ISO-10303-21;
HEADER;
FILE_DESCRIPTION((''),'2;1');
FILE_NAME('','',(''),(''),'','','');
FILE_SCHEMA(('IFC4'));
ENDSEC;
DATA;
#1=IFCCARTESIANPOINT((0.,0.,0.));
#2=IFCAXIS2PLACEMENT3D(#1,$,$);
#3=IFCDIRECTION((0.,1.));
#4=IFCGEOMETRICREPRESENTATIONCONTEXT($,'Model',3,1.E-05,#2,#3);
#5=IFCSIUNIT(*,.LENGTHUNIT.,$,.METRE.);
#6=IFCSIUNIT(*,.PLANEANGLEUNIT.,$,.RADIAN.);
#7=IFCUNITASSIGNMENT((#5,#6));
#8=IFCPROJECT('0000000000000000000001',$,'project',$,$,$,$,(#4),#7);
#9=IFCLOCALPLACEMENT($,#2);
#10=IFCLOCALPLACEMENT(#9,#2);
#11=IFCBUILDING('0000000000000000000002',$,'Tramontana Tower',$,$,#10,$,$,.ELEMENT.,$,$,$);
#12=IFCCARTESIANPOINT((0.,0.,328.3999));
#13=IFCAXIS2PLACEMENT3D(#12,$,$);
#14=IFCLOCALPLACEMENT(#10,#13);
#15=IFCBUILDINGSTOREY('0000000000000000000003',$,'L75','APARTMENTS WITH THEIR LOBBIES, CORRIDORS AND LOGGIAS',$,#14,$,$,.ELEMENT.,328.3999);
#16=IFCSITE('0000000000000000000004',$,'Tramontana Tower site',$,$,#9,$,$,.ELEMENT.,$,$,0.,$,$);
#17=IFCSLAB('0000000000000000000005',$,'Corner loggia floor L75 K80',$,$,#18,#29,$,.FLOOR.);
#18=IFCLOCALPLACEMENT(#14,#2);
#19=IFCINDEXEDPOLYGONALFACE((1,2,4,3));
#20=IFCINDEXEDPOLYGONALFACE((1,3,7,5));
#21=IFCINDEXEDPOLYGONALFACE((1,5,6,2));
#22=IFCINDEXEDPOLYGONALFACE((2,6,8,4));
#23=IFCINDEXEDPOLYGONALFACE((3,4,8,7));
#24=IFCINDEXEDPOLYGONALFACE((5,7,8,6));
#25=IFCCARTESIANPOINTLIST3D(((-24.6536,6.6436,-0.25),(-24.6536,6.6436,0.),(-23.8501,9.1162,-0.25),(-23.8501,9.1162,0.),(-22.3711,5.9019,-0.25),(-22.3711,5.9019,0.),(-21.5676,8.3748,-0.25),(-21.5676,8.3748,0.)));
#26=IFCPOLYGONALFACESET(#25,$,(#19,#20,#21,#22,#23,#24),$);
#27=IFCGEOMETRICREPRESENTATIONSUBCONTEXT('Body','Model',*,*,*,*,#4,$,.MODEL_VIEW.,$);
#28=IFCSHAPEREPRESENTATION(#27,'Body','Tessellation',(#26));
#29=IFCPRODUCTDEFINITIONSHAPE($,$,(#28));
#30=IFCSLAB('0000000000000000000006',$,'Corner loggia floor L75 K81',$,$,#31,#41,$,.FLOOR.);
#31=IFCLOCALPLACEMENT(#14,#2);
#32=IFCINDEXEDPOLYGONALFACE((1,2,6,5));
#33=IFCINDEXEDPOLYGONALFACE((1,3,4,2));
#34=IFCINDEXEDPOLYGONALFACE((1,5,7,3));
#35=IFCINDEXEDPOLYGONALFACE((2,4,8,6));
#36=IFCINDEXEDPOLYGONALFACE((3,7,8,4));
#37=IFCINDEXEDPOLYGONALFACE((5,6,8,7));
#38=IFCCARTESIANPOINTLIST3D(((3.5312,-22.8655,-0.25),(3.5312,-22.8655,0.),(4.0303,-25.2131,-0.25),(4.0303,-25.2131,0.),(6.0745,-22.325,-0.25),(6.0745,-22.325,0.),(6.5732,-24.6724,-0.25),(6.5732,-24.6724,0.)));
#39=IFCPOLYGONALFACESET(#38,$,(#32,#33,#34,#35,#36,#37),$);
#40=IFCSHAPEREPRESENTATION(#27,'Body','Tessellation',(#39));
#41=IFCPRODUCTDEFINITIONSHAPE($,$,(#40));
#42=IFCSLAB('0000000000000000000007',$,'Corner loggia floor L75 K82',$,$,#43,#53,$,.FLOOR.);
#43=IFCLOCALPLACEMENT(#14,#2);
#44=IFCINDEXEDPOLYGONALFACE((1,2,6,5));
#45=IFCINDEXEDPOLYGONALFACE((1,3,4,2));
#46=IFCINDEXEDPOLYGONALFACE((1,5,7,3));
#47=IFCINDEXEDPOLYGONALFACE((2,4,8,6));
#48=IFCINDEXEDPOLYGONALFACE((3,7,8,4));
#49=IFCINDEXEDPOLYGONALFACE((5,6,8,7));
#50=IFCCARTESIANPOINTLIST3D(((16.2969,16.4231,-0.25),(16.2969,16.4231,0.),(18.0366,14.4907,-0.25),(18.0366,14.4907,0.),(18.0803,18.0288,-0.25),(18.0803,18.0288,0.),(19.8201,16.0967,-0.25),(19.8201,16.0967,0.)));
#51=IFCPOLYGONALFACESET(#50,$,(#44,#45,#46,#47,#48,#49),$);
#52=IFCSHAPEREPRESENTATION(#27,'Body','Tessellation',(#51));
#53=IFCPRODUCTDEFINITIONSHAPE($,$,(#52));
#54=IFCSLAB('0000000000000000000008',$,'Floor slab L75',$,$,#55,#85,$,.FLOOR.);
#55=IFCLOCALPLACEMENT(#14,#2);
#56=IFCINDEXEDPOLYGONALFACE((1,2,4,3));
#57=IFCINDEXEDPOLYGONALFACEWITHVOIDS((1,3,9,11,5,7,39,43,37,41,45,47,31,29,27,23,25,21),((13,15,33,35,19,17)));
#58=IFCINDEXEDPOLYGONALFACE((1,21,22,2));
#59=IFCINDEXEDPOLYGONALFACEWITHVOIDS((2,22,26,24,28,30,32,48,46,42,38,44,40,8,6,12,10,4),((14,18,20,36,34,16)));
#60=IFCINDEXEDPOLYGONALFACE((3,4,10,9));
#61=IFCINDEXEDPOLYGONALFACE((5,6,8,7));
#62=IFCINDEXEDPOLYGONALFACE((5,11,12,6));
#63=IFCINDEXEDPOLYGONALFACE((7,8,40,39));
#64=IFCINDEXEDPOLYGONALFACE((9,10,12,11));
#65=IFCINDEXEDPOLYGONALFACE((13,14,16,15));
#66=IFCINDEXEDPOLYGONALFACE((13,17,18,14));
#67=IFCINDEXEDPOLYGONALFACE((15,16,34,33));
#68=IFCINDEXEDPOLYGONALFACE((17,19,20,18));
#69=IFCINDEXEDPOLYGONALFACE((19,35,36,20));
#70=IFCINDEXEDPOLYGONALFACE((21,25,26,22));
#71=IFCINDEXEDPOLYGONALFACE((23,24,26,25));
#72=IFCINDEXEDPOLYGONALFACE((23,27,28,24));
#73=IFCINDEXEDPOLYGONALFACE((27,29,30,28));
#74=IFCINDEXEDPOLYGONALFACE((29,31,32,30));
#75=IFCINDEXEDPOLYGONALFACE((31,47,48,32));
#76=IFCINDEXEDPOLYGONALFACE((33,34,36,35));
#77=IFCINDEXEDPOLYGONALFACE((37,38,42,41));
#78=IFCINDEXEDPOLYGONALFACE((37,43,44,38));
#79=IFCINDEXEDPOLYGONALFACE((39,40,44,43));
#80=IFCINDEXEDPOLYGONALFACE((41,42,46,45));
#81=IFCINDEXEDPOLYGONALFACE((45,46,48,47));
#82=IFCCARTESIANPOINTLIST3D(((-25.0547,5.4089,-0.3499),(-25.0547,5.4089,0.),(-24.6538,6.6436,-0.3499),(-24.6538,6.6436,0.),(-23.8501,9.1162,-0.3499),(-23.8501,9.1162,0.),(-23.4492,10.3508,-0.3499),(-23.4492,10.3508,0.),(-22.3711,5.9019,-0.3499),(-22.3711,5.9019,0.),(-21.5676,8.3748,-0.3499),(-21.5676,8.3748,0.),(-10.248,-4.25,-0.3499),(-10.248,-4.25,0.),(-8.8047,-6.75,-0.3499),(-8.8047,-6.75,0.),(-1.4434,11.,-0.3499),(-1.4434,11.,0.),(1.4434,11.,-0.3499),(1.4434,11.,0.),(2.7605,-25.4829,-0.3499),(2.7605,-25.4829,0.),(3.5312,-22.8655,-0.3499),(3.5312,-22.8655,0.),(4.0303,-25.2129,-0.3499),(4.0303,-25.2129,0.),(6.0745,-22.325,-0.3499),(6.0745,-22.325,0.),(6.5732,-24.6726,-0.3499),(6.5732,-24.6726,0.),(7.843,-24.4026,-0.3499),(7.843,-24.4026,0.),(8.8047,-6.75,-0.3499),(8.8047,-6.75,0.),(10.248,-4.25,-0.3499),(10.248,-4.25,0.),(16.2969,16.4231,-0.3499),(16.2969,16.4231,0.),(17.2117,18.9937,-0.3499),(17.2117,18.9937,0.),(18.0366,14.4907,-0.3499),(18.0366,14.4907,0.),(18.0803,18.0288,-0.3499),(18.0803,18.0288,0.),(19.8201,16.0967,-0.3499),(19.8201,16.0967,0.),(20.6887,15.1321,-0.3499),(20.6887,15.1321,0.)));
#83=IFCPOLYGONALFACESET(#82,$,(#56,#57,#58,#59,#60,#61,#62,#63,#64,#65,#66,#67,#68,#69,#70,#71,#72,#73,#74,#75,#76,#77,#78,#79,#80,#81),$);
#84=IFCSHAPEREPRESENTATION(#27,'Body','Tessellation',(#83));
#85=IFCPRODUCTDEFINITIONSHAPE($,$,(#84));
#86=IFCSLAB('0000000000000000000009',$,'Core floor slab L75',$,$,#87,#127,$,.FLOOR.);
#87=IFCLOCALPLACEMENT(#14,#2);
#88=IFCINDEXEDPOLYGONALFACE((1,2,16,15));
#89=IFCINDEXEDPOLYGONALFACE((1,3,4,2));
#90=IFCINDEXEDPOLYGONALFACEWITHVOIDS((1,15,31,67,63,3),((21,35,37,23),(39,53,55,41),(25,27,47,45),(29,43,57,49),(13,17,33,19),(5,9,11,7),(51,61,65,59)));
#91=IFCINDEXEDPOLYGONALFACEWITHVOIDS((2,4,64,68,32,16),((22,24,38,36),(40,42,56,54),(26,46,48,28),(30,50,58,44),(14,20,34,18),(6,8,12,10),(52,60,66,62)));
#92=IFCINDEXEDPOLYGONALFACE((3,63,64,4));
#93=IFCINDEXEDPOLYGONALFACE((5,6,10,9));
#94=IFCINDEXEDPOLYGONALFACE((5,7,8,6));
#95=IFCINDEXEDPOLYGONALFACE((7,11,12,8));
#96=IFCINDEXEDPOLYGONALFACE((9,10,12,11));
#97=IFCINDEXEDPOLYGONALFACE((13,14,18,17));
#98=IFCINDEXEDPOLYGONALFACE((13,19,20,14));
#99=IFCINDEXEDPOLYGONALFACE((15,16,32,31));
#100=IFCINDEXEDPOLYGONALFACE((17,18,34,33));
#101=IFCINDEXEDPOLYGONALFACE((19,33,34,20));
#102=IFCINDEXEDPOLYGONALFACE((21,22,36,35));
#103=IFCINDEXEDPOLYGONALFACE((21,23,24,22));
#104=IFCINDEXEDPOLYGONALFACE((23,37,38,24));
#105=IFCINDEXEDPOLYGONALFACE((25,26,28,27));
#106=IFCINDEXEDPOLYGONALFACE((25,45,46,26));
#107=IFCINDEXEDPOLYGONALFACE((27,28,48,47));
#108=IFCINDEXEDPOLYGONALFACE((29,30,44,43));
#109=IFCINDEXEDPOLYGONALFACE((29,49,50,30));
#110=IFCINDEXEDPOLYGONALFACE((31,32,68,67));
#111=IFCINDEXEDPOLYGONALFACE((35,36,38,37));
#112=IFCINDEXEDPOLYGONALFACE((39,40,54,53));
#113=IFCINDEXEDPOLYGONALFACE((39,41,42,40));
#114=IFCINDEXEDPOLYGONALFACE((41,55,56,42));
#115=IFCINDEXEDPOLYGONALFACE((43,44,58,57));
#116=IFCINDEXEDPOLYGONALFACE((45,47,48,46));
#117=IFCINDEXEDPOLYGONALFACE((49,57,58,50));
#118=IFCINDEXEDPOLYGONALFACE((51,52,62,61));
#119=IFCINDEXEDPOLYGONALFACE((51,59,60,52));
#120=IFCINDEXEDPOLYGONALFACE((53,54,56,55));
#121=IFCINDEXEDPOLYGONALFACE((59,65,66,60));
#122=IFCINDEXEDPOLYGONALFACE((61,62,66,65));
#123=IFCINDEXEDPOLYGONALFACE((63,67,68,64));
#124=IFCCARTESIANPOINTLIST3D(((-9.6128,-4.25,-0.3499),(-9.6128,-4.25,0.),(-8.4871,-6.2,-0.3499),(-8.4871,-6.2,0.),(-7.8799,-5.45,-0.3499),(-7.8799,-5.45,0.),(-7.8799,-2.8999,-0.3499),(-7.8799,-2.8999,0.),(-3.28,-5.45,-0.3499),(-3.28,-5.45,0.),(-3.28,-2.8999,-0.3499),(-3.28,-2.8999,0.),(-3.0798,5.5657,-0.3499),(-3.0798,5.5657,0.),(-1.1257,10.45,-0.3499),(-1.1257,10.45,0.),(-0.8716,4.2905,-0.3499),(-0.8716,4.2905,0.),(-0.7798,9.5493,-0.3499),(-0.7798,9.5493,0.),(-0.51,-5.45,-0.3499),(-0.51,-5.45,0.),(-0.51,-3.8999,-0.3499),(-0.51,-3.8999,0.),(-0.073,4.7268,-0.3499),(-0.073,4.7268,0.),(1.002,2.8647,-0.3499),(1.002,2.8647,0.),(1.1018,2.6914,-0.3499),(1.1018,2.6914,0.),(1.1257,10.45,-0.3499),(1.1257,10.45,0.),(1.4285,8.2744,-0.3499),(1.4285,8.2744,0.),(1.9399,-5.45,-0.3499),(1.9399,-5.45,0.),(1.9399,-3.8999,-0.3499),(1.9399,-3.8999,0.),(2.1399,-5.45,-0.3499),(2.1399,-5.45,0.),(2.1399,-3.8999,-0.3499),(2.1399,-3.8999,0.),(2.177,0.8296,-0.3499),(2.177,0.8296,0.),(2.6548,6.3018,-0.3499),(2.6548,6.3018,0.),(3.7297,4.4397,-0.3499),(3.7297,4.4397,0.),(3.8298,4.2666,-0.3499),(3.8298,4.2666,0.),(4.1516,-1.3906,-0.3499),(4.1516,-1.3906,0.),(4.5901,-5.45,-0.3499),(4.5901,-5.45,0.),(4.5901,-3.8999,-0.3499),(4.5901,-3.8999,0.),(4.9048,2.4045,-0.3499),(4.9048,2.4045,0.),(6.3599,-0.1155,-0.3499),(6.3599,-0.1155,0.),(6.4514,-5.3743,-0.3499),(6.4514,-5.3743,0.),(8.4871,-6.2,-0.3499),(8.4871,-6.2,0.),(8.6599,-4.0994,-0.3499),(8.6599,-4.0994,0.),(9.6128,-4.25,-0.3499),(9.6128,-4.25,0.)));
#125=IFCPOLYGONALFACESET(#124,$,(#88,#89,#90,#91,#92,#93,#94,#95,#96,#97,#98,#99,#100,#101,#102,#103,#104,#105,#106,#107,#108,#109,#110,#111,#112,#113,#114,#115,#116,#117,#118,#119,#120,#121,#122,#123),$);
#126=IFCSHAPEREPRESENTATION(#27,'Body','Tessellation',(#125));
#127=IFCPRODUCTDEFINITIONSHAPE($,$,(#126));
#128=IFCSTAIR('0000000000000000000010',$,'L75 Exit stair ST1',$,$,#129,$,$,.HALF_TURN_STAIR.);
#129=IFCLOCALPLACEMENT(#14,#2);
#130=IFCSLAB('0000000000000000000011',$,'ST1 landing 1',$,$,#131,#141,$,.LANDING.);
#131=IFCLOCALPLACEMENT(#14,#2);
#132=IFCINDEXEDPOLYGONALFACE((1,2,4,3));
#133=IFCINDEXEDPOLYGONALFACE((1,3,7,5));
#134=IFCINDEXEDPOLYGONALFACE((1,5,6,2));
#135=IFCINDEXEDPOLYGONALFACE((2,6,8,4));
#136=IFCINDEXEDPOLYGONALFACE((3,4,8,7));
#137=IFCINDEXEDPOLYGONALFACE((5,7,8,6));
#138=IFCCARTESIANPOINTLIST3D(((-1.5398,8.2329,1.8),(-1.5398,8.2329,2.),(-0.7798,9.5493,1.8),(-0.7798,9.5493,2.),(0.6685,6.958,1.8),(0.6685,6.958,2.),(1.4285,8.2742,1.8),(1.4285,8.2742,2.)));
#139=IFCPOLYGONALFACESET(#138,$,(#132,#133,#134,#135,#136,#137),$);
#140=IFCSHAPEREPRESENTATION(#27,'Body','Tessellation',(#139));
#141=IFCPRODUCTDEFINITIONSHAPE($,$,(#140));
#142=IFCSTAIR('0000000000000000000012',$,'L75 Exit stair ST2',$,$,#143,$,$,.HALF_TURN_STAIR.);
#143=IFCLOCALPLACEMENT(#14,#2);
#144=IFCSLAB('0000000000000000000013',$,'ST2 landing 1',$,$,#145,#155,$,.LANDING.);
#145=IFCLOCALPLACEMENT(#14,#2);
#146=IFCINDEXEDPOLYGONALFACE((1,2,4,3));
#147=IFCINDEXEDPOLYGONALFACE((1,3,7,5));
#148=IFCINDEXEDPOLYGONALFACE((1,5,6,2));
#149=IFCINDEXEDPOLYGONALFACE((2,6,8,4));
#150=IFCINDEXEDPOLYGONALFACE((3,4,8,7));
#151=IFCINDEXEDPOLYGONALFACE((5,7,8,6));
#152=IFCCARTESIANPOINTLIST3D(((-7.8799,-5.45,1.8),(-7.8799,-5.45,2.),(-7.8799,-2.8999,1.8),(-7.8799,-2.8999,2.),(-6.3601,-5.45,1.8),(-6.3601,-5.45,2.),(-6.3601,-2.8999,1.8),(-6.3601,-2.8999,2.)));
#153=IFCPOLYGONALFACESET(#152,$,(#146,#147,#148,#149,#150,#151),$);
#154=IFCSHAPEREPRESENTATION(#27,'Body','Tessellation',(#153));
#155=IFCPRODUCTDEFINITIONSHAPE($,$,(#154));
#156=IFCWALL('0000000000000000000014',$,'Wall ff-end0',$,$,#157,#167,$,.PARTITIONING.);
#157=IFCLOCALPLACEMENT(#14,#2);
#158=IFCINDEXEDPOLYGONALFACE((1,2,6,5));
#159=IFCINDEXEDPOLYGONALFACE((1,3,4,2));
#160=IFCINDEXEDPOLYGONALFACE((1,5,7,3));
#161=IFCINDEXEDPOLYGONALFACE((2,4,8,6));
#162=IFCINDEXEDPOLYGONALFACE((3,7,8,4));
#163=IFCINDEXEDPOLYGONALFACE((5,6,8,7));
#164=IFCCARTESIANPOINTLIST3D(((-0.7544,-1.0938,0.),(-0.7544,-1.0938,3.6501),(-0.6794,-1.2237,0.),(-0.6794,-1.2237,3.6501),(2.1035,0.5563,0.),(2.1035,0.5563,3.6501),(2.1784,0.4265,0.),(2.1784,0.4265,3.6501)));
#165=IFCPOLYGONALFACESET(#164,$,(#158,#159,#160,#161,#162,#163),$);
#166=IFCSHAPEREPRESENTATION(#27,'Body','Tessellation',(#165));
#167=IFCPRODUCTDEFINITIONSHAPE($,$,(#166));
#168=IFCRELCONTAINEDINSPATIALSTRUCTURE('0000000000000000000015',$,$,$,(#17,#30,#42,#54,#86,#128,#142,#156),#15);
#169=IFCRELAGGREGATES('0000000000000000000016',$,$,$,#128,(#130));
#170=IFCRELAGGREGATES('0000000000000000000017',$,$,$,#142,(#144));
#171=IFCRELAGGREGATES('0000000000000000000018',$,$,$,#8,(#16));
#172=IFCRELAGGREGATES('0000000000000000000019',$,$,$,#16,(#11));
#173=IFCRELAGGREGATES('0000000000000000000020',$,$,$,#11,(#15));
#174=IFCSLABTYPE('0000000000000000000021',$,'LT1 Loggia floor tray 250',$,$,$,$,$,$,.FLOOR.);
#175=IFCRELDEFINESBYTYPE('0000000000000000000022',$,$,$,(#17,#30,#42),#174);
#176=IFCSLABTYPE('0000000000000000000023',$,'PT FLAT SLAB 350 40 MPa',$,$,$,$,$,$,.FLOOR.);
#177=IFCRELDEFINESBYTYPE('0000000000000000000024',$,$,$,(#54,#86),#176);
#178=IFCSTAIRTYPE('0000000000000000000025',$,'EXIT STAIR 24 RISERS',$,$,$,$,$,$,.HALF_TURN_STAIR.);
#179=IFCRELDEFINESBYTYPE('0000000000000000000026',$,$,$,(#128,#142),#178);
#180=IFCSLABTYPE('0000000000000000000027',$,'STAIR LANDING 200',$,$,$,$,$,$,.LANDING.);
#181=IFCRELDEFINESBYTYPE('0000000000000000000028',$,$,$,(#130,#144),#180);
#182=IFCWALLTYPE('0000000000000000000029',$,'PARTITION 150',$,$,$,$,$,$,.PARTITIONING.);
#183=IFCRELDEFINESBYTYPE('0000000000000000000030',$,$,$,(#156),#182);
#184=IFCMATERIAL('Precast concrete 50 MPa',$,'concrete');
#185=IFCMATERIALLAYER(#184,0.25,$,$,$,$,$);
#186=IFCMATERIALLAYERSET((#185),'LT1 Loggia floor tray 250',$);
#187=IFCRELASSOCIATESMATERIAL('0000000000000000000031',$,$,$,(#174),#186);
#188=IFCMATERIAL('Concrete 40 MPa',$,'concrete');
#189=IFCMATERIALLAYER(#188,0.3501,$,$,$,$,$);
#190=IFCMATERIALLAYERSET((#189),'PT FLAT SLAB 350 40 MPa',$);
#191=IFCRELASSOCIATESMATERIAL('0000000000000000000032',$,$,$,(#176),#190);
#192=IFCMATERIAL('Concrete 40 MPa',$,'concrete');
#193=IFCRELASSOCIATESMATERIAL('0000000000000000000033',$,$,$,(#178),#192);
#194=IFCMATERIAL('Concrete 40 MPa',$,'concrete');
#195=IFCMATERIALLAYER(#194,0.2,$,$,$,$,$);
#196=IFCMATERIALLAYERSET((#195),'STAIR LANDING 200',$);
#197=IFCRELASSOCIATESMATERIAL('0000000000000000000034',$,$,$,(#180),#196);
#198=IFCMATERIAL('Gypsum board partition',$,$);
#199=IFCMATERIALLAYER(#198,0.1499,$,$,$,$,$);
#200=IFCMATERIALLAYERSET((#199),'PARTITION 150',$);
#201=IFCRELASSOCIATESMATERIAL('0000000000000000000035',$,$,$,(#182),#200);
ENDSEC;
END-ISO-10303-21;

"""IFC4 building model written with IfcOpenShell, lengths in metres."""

from ifc_helpers import new_model, si_unit, direction, frame, frame_2d, origin, place, context, subcontext, project, spatial, polyline, rectangle, outline, extrude, material, layer, layer_set, type_object, element, aggregate, save


model = new_model("IFC4")

# Units and contexts
model_context = context("Model", 3, precision=1e-05, world=origin(), true_north=direction((0.0, 1.0)))
body_context = subcontext(model_context, "Body", "Model", "MODEL_VIEW")
ifc_project = project(units=[si_unit("LENGTHUNIT", "METRE"), si_unit("PLANEANGLEUNIT", "RADIAN")], contexts=[model_context])

# Site, building, storey
site_placement = place(None, origin())
site = spatial("IfcSite", under=ifc_project, at=site_placement, Name="Tramontana Tower site", CompositionType="ELEMENT", RefElevation=0.0)
building_placement = place(site_placement, origin())
building = spatial("IfcBuilding", under=site, at=building_placement, Name="Tramontana Tower", CompositionType="ELEMENT")
storey_placement = place(building_placement, frame((0.0, 0.0, 328.3999)))
storey = spatial("IfcBuildingStorey", under=building, at=storey_placement, Name="L75", Description="APARTMENTS WITH THEIR LOBBIES, CORRIDORS AND LOGGIAS", CompositionType="ELEMENT", Elevation=328.3999)

# Slabs
ifc_material_1 = material(Name="Precast concrete 50 MPa", Category="concrete")
ifc_layer_1 = layer(ifc_material_1, 0.25)
ifc_layer_set_1 = layer_set([ifc_layer_1], Name="LT1 Loggia floor tray 250")
slab_type_1 = type_object("IfcSlabType", Name="LT1 Loggia floor tray 250", PredefinedType="FLOOR", material=ifc_layer_set_1)
slab_1_placement = place(storey_placement, frame((0.0, 0.0, -0.25)))
element("IfcSlab", 1, at=slab_1_placement, inside=storey, type_object=slab_type_1, Name="Corner loggia floor L75 K80", PredefinedType="FLOOR", context=body_context, shape_type="SweptSolid", body=[
    extrude(outline(polyline([(-23.8501, 9.1162), (-21.5676, 8.3748), (-22.3711, 5.9019), (-24.6536, 6.6436), (-23.8501, 9.1162)])), origin(), (0.0, 0.0, 1.0), 0.25),
])
slab_2_placement = place(storey_placement, frame((0.0, 0.0, -0.25)))
element("IfcSlab", 2, at=slab_2_placement, inside=storey, type_object=slab_type_1, Name="Corner loggia floor L75 K81", PredefinedType="FLOOR", context=body_context, shape_type="SweptSolid", body=[
    extrude(outline(polyline([(4.0303, -25.2131), (3.5312, -22.8655), (6.0745, -22.325), (6.5732, -24.6724), (4.0303, -25.2131)])), origin(), (0.0, 0.0, 1.0), 0.25),
])
slab_3_placement = place(storey_placement, frame((0.0, 0.0, -0.25)))
element("IfcSlab", 3, at=slab_3_placement, inside=storey, type_object=slab_type_1, Name="Corner loggia floor L75 K82", PredefinedType="FLOOR", context=body_context, shape_type="SweptSolid", body=[
    extrude(outline(polyline([(19.8201, 16.0967), (18.0366, 14.4907), (16.2969, 16.4231), (18.0803, 18.0288), (19.8201, 16.0967)])), origin(), (0.0, 0.0, 1.0), 0.25),
])
ifc_material_2 = material(Name="Concrete 40 MPa", Category="concrete")
ifc_layer_2 = layer(ifc_material_2, 0.3501)
ifc_layer_set_2 = layer_set([ifc_layer_2], Name="PT FLAT SLAB 350 40 MPa")
slab_type_2 = type_object("IfcSlabType", Name="PT FLAT SLAB 350 40 MPa", PredefinedType="FLOOR", material=ifc_layer_set_2)
slab_4_placement = place(storey_placement, frame((0.0, 0.0, -0.3499)))
element("IfcSlab", 4, at=slab_4_placement, inside=storey, type_object=slab_type_2, Name="Floor slab L75", PredefinedType="FLOOR", context=body_context, shape_type="SweptSolid", body=[
    extrude(outline(polyline([(18.0803, 18.0288), (16.2969, 16.4231), (18.0366, 14.4907), (19.8201, 16.0967), (20.6887, 15.1321), (7.843, -24.4026), (6.5732, -24.6726), (6.0745, -22.325), (3.5312, -22.8655), (4.0303, -25.2129), (2.7605, -25.4829), (-25.0547, 5.4089), (-24.6538, 6.6436), (-22.3711, 5.9019), (-21.5676, 8.3748), (-23.8501, 9.1162), (-23.4492, 10.3508), (17.2117, 18.9937), (18.0803, 18.0288)]), holes=[polyline([(-10.248, -4.25), (-8.8047, -6.75), (8.8047, -6.75), (10.248, -4.25), (1.4434, 11.0), (-1.4434, 11.0), (-10.248, -4.25)])]), origin(), (0.0, 0.0, 1.0), 0.3499),
])
slab_5_placement = place(storey_placement, frame((0.0, 0.0, -0.3499)))
element("IfcSlab", 5, at=slab_5_placement, inside=storey, type_object=slab_type_2, Name="Core floor slab L75", PredefinedType="FLOOR", context=body_context, shape_type="SweptSolid", body=[
    extrude(outline(polyline([(9.6128, -4.25), (8.4871, -6.2), (-8.4871, -6.2), (-9.6128, -4.25), (-1.1257, 10.45), (1.1257, 10.45), (9.6128, -4.25)]), holes=[polyline([(8.6599, -4.0994), (6.3599, -0.1155), (4.1516, -1.3906), (6.4514, -5.3743), (8.6599, -4.0994)]), polyline([(3.8298, 4.2666), (1.1018, 2.6914), (2.177, 0.8296), (4.9048, 2.4045), (3.8298, 4.2666)]), polyline([(4.5901, -3.8999), (2.1399, -3.8999), (2.1399, -5.45), (4.5901, -5.45), (4.5901, -3.8999)]), polyline([(2.6548, 6.3018), (-0.073, 4.7268), (1.002, 2.8647), (3.7297, 4.4397), (2.6548, 6.3018)]), polyline([(1.9399, -5.45), (1.9399, -3.8999), (-0.51, -3.8999), (-0.51, -5.45), (1.9399, -5.45)]), polyline([(-0.7798, 9.5493), (-3.0798, 5.5657), (-0.8716, 4.2905), (1.4285, 8.2744), (-0.7798, 9.5493)]), polyline([(-7.8799, -5.45), (-3.28, -5.45), (-3.28, -2.8999), (-7.8799, -2.8999), (-7.8799, -5.45)])]), origin(), (0.0, 0.0, 1.0), 0.3499),
])

# Stairs, slabs
ifc_material_3 = material(Name="Concrete 40 MPa", Category="concrete")
stair_type = type_object("IfcStairType", Name="EXIT STAIR 24 RISERS", PredefinedType="HALF_TURN_STAIR", material=ifc_material_3)
stair_1_placement = place(storey_placement, origin())
stair_1 = element("IfcStair", 6, at=stair_1_placement, inside=storey, type_object=stair_type, Name="L75 Exit stair ST1", PredefinedType="HALF_TURN_STAIR")
ifc_material_4 = material(Name="Concrete 40 MPa", Category="concrete")
ifc_layer_3 = layer(ifc_material_4, 0.2)
ifc_layer_set_3 = layer_set([ifc_layer_3], Name="STAIR LANDING 200")
slab_type_3 = type_object("IfcSlabType", Name="STAIR LANDING 200", PredefinedType="LANDING", material=ifc_layer_set_3)
slab_6_placement = place(storey_placement, frame((0.0, 0.0, 1.8)))
slab_6 = element("IfcSlab", 7, at=slab_6_placement, type_object=slab_type_3, Name="ST1 landing 1", PredefinedType="LANDING", context=body_context, shape_type="SweptSolid", body=[
    extrude(outline(polyline([(0.6685, 6.958), (1.4285, 8.2742), (-0.7798, 9.5493), (-1.5398, 8.2329), (0.6685, 6.958)])), origin(), (0.0, 0.0, 1.0), 0.2),
])
aggregate(stair_1, [slab_6])
stair_2_placement = place(storey_placement, origin())
stair_2 = element("IfcStair", 8, at=stair_2_placement, inside=storey, type_object=stair_type, Name="L75 Exit stair ST2", PredefinedType="HALF_TURN_STAIR")
slab_7_placement = place(storey_placement, frame((0.0, 0.0, 1.8)))
slab_7 = element("IfcSlab", 9, at=slab_7_placement, type_object=slab_type_3, Name="ST2 landing 1", PredefinedType="LANDING", context=body_context, shape_type="SweptSolid", body=[
    extrude(outline(polyline([(-6.3601, -2.8999), (-7.8799, -2.8999), (-7.8799, -5.45), (-6.3601, -5.45), (-6.3601, -2.8999)])), origin(), (0.0, 0.0, 1.0), 0.2),
])

# Shared definitions
ifc_material_5 = material(Name="Gypsum board partition")
ifc_layer_4 = layer(ifc_material_5, 0.1499)
ifc_layer_set_4 = layer_set([ifc_layer_4], Name="PARTITION 150")
wall_type_1 = type_object("IfcWallType", Name="PARTITION 150", PredefinedType="PARTITIONING", material=ifc_layer_set_4)

# Wall
wall_1_placement = place(storey_placement, frame((-0.7168, -1.1587, 0.0), z_axis=(0.0, 0.0, 1.0), x_axis=(0.866008, 0.50003, 0.0)))
element("IfcWall", 10, at=wall_1_placement, inside=storey, type_object=wall_type_1, Name="Wall ff-end0", PredefinedType="PARTITIONING", context=body_context, shape_type="SweptSolid", body=[
    extrude(rectangle(XDim=3.3, YDim=0.1499, at=frame_2d((1.6499, 0.0))), origin(), (0.0, 0.0, 1.0), 3.6501),
])

aggregate(stair_2, [slab_7])

save(model, "model.ifc")
